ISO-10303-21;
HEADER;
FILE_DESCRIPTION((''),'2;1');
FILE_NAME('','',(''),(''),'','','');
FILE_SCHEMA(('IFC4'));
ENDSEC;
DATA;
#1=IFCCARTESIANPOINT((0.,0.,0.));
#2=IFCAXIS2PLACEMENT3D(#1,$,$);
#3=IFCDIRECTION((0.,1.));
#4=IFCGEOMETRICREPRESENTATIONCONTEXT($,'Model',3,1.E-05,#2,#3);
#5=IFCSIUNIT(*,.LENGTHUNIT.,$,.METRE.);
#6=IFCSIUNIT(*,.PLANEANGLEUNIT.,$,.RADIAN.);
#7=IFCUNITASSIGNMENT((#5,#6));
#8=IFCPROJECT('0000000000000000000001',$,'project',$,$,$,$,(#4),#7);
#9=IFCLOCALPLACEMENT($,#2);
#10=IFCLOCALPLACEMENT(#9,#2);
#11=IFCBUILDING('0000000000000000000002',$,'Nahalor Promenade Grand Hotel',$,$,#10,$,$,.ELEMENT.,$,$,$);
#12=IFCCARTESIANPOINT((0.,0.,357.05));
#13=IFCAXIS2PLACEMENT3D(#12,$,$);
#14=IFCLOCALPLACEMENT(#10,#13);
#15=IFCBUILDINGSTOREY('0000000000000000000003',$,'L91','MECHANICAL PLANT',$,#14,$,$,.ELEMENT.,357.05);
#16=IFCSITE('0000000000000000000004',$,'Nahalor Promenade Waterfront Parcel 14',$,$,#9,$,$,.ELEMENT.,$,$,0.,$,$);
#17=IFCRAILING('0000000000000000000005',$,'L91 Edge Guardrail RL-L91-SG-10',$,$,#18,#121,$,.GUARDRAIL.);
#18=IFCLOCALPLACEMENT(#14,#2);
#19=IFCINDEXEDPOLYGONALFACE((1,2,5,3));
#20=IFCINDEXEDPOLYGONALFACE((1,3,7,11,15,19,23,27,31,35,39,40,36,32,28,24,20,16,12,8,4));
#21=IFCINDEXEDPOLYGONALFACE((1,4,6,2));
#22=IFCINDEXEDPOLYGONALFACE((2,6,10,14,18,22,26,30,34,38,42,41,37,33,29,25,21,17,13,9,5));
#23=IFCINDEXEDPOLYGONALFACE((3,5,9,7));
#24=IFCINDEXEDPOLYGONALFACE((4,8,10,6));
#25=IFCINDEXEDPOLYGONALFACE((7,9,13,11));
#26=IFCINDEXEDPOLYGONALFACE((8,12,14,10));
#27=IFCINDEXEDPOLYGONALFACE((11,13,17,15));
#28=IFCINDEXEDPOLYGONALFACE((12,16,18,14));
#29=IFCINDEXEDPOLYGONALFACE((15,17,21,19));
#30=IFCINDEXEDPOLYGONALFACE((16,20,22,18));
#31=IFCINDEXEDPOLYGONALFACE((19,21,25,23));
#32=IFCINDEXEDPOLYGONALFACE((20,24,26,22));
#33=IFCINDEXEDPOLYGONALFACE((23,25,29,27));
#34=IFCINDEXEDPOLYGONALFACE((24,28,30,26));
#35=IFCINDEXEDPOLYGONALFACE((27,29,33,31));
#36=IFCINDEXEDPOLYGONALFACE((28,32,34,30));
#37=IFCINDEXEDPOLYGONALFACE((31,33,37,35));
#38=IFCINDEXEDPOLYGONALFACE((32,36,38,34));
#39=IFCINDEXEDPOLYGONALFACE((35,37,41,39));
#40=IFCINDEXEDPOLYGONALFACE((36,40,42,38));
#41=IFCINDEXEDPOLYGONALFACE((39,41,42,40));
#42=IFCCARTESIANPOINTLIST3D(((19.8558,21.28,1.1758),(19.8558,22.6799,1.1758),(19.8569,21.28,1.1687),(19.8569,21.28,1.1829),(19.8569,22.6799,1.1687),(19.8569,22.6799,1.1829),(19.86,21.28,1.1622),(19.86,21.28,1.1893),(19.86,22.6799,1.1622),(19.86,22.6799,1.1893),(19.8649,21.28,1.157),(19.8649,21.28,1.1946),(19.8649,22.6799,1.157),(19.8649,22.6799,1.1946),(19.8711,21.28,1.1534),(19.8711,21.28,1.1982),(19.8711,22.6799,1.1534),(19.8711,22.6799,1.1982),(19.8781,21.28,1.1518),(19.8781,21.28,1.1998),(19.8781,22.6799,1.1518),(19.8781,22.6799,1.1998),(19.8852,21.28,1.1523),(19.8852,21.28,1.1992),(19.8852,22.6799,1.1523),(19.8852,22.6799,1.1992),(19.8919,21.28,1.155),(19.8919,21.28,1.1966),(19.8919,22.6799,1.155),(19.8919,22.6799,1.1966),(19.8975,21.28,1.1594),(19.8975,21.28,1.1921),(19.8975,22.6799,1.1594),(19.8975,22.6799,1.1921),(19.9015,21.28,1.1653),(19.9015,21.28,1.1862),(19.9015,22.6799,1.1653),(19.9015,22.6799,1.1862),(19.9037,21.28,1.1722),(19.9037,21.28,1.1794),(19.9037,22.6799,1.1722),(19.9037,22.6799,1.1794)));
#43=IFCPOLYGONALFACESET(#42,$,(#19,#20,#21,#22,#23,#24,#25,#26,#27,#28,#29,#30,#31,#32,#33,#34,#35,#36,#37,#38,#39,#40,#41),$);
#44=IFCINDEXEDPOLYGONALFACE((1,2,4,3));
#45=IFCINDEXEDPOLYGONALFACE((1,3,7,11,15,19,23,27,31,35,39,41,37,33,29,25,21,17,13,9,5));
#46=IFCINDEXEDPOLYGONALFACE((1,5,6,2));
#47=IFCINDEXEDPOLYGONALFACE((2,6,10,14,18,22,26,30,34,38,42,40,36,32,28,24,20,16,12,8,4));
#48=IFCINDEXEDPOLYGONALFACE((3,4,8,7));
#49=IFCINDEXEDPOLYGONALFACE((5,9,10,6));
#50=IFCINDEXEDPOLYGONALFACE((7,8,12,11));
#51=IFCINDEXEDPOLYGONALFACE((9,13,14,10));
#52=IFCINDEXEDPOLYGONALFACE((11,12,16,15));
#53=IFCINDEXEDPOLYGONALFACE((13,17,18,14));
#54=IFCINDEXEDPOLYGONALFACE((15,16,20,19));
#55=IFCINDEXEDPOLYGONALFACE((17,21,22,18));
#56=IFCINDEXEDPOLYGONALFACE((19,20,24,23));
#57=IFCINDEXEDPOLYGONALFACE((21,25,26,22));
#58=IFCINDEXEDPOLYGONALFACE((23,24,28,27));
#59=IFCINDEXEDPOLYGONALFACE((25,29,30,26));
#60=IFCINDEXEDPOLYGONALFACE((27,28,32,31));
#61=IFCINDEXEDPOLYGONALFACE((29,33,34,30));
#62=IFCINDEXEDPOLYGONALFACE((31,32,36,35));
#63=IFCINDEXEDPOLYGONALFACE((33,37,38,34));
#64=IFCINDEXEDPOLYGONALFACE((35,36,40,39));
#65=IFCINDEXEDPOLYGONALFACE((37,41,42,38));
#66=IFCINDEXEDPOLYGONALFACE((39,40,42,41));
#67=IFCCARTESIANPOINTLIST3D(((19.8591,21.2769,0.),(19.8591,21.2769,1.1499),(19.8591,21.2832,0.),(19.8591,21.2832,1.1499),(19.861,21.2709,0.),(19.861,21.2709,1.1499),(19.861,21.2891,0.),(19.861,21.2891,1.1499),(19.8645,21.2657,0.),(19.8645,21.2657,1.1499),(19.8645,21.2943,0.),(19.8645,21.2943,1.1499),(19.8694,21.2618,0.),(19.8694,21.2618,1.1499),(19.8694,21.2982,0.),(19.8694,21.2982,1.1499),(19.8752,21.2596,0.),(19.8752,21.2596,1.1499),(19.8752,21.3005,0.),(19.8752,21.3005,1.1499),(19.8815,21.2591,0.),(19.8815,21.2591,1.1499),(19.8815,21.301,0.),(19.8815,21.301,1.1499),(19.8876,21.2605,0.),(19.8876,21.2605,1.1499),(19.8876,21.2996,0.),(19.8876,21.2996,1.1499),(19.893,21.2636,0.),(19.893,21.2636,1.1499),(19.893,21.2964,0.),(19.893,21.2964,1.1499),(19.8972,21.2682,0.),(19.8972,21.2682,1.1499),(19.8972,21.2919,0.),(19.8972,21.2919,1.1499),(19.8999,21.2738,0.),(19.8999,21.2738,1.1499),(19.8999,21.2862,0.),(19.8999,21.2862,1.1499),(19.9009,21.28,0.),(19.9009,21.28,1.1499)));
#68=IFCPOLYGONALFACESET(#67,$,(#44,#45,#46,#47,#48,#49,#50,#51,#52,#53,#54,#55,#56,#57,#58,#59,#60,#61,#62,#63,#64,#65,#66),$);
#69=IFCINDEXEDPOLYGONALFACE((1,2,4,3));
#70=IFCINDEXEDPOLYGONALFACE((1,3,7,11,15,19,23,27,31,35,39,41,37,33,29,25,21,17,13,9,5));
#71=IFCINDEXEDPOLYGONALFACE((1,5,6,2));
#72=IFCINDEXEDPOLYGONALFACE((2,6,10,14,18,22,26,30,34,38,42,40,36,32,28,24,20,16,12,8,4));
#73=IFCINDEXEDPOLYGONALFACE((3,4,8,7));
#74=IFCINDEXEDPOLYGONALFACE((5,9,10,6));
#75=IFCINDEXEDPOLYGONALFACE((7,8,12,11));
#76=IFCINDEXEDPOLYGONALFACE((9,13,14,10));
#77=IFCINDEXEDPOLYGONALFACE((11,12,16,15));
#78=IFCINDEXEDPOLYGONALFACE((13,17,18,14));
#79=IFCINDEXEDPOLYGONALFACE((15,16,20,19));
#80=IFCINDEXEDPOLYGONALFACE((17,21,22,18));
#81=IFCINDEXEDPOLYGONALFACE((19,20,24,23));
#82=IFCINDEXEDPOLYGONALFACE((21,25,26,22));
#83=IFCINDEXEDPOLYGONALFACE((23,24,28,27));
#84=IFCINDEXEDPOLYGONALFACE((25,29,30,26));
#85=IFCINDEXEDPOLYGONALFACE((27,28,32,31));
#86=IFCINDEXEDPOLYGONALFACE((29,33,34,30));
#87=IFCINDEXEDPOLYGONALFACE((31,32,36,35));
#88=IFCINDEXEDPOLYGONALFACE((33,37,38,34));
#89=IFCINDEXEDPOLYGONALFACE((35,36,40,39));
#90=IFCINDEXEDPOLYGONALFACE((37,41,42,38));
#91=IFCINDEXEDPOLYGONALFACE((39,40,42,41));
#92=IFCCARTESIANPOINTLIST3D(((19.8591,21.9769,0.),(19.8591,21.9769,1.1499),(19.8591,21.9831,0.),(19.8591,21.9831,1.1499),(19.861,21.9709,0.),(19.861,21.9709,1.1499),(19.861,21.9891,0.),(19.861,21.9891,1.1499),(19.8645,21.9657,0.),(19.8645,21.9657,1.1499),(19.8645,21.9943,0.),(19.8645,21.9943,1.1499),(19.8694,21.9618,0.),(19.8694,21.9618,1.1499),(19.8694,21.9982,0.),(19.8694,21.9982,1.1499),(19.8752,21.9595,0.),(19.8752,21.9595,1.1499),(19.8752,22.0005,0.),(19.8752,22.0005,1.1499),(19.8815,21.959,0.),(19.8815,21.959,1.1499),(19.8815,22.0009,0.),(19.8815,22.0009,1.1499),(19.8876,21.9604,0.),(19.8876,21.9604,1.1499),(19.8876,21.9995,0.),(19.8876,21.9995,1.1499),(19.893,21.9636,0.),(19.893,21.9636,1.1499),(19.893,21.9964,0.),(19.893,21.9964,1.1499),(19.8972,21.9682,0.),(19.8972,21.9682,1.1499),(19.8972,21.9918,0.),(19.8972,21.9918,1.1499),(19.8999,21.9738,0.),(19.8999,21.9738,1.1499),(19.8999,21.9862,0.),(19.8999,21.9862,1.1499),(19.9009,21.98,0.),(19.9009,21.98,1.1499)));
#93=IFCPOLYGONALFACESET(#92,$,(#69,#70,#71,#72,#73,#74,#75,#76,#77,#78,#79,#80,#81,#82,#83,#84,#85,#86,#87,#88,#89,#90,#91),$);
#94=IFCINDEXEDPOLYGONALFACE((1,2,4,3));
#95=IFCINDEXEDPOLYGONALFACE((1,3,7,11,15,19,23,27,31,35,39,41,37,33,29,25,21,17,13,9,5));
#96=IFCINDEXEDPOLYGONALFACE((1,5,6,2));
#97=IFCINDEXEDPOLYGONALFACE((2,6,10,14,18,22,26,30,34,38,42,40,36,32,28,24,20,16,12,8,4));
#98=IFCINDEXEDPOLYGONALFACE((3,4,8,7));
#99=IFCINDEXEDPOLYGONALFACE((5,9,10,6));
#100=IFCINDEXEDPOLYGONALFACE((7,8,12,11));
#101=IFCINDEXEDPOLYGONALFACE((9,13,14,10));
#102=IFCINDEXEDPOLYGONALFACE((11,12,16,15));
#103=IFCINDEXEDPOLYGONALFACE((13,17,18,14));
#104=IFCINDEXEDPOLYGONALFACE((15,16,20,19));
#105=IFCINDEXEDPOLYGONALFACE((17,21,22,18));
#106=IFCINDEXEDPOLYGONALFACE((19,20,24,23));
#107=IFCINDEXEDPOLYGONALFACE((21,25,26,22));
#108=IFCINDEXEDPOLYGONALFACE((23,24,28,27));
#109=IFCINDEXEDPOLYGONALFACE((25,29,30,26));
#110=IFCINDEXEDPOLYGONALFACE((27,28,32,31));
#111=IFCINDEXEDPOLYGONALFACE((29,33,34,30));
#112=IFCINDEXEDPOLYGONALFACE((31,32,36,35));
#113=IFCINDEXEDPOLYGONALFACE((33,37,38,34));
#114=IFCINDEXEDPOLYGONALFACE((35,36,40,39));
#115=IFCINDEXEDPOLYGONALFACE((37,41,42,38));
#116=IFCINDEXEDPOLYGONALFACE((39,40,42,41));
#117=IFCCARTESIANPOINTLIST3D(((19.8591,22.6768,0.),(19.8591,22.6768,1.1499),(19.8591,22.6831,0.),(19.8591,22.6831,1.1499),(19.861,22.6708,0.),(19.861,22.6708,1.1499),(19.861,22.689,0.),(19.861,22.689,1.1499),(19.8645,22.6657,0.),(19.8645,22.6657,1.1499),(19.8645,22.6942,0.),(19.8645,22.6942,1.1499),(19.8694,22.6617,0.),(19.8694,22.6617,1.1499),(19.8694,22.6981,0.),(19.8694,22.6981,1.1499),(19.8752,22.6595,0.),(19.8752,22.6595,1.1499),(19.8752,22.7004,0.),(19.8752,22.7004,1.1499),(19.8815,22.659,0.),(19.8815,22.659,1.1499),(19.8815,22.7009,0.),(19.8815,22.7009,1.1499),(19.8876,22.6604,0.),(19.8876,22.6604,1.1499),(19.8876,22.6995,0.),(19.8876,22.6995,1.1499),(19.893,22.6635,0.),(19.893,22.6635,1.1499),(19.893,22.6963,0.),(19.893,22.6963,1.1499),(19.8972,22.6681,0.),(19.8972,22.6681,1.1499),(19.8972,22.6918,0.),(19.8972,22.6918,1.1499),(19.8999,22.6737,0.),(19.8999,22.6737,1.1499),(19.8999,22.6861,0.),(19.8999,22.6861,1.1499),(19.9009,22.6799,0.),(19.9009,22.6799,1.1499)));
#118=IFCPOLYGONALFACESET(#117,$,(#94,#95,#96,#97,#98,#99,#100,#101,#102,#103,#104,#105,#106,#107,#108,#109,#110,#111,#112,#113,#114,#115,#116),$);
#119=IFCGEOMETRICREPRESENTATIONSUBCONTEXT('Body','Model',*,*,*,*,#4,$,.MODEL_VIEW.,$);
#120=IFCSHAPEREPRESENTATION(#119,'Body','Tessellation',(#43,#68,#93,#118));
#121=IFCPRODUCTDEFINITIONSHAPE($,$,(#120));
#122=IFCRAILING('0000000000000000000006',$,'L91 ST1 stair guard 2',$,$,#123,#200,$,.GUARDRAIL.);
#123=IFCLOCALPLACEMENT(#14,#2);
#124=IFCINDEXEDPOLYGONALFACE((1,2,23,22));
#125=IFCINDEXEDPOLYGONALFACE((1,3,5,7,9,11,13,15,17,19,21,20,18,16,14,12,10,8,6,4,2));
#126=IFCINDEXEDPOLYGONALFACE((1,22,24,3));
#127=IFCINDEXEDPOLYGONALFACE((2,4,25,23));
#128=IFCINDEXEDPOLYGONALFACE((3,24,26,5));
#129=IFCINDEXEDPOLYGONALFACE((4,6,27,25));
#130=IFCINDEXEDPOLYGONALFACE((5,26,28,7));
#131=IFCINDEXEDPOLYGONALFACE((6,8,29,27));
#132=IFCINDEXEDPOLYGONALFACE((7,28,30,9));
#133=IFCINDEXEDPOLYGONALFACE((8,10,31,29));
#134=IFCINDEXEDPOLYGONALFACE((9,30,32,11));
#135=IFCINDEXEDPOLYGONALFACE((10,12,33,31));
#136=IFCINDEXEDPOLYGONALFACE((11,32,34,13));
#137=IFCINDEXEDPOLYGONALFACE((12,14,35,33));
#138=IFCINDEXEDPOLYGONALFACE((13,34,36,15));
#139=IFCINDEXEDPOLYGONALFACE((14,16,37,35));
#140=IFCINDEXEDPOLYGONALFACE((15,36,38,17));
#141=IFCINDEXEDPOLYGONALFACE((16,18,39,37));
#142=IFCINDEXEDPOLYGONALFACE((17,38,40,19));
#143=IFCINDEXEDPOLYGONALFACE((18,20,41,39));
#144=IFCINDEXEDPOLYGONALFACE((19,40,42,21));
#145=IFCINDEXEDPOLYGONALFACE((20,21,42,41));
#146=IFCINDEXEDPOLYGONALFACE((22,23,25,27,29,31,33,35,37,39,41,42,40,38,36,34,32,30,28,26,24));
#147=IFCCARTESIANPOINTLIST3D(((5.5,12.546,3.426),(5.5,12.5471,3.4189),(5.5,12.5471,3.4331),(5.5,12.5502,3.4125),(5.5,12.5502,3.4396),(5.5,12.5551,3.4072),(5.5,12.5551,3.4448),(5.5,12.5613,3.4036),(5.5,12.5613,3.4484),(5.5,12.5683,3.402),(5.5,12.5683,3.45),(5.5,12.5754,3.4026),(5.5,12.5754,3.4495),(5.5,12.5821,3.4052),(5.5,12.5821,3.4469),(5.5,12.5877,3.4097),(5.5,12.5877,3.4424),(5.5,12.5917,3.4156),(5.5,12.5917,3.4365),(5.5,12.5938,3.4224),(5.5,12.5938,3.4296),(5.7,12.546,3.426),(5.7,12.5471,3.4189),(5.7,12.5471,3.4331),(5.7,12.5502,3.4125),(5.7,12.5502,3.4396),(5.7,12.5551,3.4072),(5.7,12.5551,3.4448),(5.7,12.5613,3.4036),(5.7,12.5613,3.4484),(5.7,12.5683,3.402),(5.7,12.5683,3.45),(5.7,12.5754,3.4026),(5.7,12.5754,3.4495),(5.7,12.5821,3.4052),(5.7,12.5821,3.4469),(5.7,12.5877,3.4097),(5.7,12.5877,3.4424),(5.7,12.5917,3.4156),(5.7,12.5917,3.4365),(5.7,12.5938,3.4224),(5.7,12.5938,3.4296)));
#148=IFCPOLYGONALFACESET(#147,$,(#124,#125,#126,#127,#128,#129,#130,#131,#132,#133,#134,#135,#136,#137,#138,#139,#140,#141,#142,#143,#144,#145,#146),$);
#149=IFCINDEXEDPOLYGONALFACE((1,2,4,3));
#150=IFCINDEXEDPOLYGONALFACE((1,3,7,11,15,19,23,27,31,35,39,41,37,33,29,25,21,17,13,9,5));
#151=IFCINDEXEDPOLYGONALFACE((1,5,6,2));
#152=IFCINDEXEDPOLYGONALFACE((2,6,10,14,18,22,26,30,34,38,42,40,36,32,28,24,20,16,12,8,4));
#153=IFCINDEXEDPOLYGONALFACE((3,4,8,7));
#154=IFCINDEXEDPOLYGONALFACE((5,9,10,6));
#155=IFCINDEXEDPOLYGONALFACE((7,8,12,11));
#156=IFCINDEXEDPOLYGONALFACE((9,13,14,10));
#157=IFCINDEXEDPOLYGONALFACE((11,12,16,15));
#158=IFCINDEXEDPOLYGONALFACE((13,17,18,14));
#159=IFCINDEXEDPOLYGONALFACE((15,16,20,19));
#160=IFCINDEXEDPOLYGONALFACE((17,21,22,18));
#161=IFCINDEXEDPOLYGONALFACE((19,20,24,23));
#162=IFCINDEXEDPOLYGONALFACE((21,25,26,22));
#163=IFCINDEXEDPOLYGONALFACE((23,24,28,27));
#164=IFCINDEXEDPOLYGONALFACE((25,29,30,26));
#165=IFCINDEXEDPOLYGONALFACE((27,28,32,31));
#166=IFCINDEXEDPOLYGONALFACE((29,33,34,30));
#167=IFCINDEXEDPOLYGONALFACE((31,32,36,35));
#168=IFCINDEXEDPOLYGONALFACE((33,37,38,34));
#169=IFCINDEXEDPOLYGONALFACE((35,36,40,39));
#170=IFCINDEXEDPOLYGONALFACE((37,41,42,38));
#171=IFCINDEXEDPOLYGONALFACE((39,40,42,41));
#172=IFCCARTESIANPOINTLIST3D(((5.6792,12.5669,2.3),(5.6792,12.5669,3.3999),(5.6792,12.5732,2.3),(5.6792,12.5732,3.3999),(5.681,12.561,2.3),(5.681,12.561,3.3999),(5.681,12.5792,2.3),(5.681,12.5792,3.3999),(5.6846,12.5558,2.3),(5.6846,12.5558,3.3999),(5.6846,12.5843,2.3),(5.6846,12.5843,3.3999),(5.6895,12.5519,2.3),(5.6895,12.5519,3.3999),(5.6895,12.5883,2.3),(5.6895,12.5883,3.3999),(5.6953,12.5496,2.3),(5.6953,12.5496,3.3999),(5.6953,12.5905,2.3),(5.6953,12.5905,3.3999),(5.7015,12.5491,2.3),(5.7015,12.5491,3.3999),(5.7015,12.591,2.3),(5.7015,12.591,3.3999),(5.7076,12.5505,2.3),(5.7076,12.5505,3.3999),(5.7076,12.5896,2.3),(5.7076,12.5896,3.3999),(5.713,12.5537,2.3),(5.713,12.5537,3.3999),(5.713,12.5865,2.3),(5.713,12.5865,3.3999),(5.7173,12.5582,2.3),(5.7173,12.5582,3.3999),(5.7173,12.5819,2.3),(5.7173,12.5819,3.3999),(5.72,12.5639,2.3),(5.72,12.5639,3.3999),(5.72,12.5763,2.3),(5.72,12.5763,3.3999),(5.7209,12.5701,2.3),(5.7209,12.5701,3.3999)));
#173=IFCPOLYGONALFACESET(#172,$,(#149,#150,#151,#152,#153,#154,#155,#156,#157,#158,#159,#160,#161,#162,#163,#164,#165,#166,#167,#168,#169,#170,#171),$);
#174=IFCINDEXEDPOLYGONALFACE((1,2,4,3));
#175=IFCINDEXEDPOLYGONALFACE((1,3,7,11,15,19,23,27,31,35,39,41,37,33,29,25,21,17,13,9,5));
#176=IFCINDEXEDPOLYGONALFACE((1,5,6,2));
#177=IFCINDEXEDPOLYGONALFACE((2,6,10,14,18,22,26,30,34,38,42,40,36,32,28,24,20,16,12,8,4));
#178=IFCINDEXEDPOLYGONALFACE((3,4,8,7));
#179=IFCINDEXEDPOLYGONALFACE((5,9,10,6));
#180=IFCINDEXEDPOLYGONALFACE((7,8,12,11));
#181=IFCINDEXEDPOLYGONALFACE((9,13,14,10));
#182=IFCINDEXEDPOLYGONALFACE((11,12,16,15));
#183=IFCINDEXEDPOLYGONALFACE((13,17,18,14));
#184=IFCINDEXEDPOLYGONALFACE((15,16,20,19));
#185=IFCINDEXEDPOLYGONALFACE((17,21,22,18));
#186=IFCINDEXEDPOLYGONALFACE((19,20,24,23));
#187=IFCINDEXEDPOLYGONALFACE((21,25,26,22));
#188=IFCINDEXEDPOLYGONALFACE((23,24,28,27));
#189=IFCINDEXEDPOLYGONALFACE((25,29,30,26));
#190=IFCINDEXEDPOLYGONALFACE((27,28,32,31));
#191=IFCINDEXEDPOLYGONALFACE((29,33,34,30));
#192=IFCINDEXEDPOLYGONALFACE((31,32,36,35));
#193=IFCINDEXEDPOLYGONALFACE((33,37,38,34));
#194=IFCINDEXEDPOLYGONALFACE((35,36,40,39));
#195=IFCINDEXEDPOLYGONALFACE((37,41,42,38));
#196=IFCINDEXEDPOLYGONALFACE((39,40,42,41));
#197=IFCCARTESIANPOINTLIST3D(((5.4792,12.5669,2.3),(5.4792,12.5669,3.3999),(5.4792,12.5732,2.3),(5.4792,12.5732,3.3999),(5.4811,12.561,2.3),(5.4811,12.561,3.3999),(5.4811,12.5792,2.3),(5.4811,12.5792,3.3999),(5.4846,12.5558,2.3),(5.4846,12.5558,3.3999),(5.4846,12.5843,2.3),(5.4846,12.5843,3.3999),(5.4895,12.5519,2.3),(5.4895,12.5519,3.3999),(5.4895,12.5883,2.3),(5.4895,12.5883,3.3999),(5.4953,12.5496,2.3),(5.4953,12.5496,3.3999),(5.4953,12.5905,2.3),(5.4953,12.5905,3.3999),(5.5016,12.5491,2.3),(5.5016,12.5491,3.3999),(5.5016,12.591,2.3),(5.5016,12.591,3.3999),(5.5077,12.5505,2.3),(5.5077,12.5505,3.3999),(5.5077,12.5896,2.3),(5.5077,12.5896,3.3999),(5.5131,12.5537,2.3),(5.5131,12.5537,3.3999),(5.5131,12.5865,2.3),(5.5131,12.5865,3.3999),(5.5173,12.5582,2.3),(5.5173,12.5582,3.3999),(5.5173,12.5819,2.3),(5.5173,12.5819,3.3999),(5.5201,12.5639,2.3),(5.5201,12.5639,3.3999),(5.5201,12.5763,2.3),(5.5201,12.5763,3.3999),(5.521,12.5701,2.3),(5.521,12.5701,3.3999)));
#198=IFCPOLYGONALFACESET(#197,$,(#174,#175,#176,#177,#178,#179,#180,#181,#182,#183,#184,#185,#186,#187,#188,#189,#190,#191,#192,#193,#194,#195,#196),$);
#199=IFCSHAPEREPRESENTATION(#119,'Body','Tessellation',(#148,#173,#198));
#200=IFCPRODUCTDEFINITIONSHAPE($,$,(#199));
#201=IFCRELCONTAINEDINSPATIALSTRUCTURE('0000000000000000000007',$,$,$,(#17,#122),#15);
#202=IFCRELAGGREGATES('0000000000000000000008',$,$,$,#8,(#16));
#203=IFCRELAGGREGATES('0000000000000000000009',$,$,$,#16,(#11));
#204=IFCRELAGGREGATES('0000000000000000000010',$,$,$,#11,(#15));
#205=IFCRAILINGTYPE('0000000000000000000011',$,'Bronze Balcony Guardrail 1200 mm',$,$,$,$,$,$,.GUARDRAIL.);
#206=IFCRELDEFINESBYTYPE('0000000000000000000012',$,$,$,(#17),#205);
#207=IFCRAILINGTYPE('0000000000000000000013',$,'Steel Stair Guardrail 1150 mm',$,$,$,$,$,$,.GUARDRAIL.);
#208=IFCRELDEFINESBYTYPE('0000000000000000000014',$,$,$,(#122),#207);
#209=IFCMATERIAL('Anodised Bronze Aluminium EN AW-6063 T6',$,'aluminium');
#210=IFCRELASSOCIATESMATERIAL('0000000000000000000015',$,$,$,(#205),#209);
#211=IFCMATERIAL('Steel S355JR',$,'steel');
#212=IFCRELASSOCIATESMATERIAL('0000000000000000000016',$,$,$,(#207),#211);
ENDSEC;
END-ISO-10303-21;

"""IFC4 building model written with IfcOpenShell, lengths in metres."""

from ifc_helpers import new_model, si_unit, direction, frame, origin, origin_2d, place, context, subcontext, project, spatial, circle, extrude, material, type_object, element, save


model = new_model("IFC4")

# Units and contexts
model_context = context("Model", 3, precision=1e-05, world=origin(), true_north=direction((0.0, 1.0)))
body_context = subcontext(model_context, "Body", "Model", "MODEL_VIEW")
ifc_project = project(units=[si_unit("LENGTHUNIT", "METRE"), si_unit("PLANEANGLEUNIT", "RADIAN")], contexts=[model_context])

# Site, building, storey
site_placement = place(None, origin())
site = spatial("IfcSite", under=ifc_project, at=site_placement, Name="Nahalor Promenade Waterfront Parcel 14", CompositionType="ELEMENT", RefElevation=0.0)
building_placement = place(site_placement, origin())
building = spatial("IfcBuilding", under=site, at=building_placement, Name="Nahalor Promenade Grand Hotel", CompositionType="ELEMENT")
storey_placement = place(building_placement, frame((0.0, 0.0, 357.05)))
storey = spatial("IfcBuildingStorey", under=building, at=storey_placement, Name="L91", Description="MECHANICAL PLANT", CompositionType="ELEMENT", Elevation=357.05)

# Shared definitions
ifc_material_1 = material(Name="Steel S355JR", Category="steel")

# Railings
ifc_material_2 = material(Name="Anodised Bronze Aluminium EN AW-6063 T6", Category="aluminium")
railing_type_1 = type_object("IfcRailingType", Name="Bronze Balcony Guardrail 1200 mm", PredefinedType="GUARDRAIL", material=ifc_material_2)
railing_1_placement = place(storey_placement, frame((19.8799, 21.28, 0.0)))
element("IfcRailing", 1, at=railing_1_placement, inside=storey, type_object=railing_type_1, Name="L91 Edge Guardrail RL-L91-SG-10", PredefinedType="GUARDRAIL", context=body_context, shape_type="SweptSolid", body=[
    extrude(circle(Radius=0.024, at=origin_2d()), frame((0.0, 0.0, 1.1758), z_axis=(0.0, 1.0, 0.0), x_axis=(-1.0, 0.0, 0.0)), (0.0, 0.0, 1.0), 1.3999),
    extrude(circle(Radius=0.021, at=origin_2d()), origin(), (0.0, 0.0, 1.0), 1.1499),
    extrude(circle(Radius=0.021, at=origin_2d()), frame((0.0, 0.7, 0.0)), (0.0, 0.0, 1.0), 1.1499),
    extrude(circle(Radius=0.021, at=origin_2d()), frame((0.0, 1.3999, 0.0)), (0.0, 0.0, 1.0), 1.1499),
])
railing_type_2 = type_object("IfcRailingType", Name="Steel Stair Guardrail 1150 mm", PredefinedType="GUARDRAIL", material=ifc_material_1)
railing_2_placement = place(storey_placement, frame((5.7, 12.5701, 2.3)))
element("IfcRailing", 2, at=railing_2_placement, inside=storey, type_object=railing_type_2, Name="L91 ST1 stair guard 2", PredefinedType="GUARDRAIL", context=body_context, shape_type="SweptSolid", body=[
    extrude(circle(Radius=0.024, at=origin_2d()), frame((0.0, 0.0, 1.126), z_axis=(-1.0, 0.0, 0.0), x_axis=(0.0, -1.0, 0.0)), (0.0, 0.0, 1.0), 0.2),
    extrude(circle(Radius=0.021, at=origin_2d()), origin(), (0.0, 0.0, 1.0), 1.0999),
    extrude(circle(Radius=0.021, at=origin_2d()), frame((-0.2, 0.0, 0.0)), (0.0, 0.0, 1.0), 1.0999),
])

save(model, "model.ifc")
